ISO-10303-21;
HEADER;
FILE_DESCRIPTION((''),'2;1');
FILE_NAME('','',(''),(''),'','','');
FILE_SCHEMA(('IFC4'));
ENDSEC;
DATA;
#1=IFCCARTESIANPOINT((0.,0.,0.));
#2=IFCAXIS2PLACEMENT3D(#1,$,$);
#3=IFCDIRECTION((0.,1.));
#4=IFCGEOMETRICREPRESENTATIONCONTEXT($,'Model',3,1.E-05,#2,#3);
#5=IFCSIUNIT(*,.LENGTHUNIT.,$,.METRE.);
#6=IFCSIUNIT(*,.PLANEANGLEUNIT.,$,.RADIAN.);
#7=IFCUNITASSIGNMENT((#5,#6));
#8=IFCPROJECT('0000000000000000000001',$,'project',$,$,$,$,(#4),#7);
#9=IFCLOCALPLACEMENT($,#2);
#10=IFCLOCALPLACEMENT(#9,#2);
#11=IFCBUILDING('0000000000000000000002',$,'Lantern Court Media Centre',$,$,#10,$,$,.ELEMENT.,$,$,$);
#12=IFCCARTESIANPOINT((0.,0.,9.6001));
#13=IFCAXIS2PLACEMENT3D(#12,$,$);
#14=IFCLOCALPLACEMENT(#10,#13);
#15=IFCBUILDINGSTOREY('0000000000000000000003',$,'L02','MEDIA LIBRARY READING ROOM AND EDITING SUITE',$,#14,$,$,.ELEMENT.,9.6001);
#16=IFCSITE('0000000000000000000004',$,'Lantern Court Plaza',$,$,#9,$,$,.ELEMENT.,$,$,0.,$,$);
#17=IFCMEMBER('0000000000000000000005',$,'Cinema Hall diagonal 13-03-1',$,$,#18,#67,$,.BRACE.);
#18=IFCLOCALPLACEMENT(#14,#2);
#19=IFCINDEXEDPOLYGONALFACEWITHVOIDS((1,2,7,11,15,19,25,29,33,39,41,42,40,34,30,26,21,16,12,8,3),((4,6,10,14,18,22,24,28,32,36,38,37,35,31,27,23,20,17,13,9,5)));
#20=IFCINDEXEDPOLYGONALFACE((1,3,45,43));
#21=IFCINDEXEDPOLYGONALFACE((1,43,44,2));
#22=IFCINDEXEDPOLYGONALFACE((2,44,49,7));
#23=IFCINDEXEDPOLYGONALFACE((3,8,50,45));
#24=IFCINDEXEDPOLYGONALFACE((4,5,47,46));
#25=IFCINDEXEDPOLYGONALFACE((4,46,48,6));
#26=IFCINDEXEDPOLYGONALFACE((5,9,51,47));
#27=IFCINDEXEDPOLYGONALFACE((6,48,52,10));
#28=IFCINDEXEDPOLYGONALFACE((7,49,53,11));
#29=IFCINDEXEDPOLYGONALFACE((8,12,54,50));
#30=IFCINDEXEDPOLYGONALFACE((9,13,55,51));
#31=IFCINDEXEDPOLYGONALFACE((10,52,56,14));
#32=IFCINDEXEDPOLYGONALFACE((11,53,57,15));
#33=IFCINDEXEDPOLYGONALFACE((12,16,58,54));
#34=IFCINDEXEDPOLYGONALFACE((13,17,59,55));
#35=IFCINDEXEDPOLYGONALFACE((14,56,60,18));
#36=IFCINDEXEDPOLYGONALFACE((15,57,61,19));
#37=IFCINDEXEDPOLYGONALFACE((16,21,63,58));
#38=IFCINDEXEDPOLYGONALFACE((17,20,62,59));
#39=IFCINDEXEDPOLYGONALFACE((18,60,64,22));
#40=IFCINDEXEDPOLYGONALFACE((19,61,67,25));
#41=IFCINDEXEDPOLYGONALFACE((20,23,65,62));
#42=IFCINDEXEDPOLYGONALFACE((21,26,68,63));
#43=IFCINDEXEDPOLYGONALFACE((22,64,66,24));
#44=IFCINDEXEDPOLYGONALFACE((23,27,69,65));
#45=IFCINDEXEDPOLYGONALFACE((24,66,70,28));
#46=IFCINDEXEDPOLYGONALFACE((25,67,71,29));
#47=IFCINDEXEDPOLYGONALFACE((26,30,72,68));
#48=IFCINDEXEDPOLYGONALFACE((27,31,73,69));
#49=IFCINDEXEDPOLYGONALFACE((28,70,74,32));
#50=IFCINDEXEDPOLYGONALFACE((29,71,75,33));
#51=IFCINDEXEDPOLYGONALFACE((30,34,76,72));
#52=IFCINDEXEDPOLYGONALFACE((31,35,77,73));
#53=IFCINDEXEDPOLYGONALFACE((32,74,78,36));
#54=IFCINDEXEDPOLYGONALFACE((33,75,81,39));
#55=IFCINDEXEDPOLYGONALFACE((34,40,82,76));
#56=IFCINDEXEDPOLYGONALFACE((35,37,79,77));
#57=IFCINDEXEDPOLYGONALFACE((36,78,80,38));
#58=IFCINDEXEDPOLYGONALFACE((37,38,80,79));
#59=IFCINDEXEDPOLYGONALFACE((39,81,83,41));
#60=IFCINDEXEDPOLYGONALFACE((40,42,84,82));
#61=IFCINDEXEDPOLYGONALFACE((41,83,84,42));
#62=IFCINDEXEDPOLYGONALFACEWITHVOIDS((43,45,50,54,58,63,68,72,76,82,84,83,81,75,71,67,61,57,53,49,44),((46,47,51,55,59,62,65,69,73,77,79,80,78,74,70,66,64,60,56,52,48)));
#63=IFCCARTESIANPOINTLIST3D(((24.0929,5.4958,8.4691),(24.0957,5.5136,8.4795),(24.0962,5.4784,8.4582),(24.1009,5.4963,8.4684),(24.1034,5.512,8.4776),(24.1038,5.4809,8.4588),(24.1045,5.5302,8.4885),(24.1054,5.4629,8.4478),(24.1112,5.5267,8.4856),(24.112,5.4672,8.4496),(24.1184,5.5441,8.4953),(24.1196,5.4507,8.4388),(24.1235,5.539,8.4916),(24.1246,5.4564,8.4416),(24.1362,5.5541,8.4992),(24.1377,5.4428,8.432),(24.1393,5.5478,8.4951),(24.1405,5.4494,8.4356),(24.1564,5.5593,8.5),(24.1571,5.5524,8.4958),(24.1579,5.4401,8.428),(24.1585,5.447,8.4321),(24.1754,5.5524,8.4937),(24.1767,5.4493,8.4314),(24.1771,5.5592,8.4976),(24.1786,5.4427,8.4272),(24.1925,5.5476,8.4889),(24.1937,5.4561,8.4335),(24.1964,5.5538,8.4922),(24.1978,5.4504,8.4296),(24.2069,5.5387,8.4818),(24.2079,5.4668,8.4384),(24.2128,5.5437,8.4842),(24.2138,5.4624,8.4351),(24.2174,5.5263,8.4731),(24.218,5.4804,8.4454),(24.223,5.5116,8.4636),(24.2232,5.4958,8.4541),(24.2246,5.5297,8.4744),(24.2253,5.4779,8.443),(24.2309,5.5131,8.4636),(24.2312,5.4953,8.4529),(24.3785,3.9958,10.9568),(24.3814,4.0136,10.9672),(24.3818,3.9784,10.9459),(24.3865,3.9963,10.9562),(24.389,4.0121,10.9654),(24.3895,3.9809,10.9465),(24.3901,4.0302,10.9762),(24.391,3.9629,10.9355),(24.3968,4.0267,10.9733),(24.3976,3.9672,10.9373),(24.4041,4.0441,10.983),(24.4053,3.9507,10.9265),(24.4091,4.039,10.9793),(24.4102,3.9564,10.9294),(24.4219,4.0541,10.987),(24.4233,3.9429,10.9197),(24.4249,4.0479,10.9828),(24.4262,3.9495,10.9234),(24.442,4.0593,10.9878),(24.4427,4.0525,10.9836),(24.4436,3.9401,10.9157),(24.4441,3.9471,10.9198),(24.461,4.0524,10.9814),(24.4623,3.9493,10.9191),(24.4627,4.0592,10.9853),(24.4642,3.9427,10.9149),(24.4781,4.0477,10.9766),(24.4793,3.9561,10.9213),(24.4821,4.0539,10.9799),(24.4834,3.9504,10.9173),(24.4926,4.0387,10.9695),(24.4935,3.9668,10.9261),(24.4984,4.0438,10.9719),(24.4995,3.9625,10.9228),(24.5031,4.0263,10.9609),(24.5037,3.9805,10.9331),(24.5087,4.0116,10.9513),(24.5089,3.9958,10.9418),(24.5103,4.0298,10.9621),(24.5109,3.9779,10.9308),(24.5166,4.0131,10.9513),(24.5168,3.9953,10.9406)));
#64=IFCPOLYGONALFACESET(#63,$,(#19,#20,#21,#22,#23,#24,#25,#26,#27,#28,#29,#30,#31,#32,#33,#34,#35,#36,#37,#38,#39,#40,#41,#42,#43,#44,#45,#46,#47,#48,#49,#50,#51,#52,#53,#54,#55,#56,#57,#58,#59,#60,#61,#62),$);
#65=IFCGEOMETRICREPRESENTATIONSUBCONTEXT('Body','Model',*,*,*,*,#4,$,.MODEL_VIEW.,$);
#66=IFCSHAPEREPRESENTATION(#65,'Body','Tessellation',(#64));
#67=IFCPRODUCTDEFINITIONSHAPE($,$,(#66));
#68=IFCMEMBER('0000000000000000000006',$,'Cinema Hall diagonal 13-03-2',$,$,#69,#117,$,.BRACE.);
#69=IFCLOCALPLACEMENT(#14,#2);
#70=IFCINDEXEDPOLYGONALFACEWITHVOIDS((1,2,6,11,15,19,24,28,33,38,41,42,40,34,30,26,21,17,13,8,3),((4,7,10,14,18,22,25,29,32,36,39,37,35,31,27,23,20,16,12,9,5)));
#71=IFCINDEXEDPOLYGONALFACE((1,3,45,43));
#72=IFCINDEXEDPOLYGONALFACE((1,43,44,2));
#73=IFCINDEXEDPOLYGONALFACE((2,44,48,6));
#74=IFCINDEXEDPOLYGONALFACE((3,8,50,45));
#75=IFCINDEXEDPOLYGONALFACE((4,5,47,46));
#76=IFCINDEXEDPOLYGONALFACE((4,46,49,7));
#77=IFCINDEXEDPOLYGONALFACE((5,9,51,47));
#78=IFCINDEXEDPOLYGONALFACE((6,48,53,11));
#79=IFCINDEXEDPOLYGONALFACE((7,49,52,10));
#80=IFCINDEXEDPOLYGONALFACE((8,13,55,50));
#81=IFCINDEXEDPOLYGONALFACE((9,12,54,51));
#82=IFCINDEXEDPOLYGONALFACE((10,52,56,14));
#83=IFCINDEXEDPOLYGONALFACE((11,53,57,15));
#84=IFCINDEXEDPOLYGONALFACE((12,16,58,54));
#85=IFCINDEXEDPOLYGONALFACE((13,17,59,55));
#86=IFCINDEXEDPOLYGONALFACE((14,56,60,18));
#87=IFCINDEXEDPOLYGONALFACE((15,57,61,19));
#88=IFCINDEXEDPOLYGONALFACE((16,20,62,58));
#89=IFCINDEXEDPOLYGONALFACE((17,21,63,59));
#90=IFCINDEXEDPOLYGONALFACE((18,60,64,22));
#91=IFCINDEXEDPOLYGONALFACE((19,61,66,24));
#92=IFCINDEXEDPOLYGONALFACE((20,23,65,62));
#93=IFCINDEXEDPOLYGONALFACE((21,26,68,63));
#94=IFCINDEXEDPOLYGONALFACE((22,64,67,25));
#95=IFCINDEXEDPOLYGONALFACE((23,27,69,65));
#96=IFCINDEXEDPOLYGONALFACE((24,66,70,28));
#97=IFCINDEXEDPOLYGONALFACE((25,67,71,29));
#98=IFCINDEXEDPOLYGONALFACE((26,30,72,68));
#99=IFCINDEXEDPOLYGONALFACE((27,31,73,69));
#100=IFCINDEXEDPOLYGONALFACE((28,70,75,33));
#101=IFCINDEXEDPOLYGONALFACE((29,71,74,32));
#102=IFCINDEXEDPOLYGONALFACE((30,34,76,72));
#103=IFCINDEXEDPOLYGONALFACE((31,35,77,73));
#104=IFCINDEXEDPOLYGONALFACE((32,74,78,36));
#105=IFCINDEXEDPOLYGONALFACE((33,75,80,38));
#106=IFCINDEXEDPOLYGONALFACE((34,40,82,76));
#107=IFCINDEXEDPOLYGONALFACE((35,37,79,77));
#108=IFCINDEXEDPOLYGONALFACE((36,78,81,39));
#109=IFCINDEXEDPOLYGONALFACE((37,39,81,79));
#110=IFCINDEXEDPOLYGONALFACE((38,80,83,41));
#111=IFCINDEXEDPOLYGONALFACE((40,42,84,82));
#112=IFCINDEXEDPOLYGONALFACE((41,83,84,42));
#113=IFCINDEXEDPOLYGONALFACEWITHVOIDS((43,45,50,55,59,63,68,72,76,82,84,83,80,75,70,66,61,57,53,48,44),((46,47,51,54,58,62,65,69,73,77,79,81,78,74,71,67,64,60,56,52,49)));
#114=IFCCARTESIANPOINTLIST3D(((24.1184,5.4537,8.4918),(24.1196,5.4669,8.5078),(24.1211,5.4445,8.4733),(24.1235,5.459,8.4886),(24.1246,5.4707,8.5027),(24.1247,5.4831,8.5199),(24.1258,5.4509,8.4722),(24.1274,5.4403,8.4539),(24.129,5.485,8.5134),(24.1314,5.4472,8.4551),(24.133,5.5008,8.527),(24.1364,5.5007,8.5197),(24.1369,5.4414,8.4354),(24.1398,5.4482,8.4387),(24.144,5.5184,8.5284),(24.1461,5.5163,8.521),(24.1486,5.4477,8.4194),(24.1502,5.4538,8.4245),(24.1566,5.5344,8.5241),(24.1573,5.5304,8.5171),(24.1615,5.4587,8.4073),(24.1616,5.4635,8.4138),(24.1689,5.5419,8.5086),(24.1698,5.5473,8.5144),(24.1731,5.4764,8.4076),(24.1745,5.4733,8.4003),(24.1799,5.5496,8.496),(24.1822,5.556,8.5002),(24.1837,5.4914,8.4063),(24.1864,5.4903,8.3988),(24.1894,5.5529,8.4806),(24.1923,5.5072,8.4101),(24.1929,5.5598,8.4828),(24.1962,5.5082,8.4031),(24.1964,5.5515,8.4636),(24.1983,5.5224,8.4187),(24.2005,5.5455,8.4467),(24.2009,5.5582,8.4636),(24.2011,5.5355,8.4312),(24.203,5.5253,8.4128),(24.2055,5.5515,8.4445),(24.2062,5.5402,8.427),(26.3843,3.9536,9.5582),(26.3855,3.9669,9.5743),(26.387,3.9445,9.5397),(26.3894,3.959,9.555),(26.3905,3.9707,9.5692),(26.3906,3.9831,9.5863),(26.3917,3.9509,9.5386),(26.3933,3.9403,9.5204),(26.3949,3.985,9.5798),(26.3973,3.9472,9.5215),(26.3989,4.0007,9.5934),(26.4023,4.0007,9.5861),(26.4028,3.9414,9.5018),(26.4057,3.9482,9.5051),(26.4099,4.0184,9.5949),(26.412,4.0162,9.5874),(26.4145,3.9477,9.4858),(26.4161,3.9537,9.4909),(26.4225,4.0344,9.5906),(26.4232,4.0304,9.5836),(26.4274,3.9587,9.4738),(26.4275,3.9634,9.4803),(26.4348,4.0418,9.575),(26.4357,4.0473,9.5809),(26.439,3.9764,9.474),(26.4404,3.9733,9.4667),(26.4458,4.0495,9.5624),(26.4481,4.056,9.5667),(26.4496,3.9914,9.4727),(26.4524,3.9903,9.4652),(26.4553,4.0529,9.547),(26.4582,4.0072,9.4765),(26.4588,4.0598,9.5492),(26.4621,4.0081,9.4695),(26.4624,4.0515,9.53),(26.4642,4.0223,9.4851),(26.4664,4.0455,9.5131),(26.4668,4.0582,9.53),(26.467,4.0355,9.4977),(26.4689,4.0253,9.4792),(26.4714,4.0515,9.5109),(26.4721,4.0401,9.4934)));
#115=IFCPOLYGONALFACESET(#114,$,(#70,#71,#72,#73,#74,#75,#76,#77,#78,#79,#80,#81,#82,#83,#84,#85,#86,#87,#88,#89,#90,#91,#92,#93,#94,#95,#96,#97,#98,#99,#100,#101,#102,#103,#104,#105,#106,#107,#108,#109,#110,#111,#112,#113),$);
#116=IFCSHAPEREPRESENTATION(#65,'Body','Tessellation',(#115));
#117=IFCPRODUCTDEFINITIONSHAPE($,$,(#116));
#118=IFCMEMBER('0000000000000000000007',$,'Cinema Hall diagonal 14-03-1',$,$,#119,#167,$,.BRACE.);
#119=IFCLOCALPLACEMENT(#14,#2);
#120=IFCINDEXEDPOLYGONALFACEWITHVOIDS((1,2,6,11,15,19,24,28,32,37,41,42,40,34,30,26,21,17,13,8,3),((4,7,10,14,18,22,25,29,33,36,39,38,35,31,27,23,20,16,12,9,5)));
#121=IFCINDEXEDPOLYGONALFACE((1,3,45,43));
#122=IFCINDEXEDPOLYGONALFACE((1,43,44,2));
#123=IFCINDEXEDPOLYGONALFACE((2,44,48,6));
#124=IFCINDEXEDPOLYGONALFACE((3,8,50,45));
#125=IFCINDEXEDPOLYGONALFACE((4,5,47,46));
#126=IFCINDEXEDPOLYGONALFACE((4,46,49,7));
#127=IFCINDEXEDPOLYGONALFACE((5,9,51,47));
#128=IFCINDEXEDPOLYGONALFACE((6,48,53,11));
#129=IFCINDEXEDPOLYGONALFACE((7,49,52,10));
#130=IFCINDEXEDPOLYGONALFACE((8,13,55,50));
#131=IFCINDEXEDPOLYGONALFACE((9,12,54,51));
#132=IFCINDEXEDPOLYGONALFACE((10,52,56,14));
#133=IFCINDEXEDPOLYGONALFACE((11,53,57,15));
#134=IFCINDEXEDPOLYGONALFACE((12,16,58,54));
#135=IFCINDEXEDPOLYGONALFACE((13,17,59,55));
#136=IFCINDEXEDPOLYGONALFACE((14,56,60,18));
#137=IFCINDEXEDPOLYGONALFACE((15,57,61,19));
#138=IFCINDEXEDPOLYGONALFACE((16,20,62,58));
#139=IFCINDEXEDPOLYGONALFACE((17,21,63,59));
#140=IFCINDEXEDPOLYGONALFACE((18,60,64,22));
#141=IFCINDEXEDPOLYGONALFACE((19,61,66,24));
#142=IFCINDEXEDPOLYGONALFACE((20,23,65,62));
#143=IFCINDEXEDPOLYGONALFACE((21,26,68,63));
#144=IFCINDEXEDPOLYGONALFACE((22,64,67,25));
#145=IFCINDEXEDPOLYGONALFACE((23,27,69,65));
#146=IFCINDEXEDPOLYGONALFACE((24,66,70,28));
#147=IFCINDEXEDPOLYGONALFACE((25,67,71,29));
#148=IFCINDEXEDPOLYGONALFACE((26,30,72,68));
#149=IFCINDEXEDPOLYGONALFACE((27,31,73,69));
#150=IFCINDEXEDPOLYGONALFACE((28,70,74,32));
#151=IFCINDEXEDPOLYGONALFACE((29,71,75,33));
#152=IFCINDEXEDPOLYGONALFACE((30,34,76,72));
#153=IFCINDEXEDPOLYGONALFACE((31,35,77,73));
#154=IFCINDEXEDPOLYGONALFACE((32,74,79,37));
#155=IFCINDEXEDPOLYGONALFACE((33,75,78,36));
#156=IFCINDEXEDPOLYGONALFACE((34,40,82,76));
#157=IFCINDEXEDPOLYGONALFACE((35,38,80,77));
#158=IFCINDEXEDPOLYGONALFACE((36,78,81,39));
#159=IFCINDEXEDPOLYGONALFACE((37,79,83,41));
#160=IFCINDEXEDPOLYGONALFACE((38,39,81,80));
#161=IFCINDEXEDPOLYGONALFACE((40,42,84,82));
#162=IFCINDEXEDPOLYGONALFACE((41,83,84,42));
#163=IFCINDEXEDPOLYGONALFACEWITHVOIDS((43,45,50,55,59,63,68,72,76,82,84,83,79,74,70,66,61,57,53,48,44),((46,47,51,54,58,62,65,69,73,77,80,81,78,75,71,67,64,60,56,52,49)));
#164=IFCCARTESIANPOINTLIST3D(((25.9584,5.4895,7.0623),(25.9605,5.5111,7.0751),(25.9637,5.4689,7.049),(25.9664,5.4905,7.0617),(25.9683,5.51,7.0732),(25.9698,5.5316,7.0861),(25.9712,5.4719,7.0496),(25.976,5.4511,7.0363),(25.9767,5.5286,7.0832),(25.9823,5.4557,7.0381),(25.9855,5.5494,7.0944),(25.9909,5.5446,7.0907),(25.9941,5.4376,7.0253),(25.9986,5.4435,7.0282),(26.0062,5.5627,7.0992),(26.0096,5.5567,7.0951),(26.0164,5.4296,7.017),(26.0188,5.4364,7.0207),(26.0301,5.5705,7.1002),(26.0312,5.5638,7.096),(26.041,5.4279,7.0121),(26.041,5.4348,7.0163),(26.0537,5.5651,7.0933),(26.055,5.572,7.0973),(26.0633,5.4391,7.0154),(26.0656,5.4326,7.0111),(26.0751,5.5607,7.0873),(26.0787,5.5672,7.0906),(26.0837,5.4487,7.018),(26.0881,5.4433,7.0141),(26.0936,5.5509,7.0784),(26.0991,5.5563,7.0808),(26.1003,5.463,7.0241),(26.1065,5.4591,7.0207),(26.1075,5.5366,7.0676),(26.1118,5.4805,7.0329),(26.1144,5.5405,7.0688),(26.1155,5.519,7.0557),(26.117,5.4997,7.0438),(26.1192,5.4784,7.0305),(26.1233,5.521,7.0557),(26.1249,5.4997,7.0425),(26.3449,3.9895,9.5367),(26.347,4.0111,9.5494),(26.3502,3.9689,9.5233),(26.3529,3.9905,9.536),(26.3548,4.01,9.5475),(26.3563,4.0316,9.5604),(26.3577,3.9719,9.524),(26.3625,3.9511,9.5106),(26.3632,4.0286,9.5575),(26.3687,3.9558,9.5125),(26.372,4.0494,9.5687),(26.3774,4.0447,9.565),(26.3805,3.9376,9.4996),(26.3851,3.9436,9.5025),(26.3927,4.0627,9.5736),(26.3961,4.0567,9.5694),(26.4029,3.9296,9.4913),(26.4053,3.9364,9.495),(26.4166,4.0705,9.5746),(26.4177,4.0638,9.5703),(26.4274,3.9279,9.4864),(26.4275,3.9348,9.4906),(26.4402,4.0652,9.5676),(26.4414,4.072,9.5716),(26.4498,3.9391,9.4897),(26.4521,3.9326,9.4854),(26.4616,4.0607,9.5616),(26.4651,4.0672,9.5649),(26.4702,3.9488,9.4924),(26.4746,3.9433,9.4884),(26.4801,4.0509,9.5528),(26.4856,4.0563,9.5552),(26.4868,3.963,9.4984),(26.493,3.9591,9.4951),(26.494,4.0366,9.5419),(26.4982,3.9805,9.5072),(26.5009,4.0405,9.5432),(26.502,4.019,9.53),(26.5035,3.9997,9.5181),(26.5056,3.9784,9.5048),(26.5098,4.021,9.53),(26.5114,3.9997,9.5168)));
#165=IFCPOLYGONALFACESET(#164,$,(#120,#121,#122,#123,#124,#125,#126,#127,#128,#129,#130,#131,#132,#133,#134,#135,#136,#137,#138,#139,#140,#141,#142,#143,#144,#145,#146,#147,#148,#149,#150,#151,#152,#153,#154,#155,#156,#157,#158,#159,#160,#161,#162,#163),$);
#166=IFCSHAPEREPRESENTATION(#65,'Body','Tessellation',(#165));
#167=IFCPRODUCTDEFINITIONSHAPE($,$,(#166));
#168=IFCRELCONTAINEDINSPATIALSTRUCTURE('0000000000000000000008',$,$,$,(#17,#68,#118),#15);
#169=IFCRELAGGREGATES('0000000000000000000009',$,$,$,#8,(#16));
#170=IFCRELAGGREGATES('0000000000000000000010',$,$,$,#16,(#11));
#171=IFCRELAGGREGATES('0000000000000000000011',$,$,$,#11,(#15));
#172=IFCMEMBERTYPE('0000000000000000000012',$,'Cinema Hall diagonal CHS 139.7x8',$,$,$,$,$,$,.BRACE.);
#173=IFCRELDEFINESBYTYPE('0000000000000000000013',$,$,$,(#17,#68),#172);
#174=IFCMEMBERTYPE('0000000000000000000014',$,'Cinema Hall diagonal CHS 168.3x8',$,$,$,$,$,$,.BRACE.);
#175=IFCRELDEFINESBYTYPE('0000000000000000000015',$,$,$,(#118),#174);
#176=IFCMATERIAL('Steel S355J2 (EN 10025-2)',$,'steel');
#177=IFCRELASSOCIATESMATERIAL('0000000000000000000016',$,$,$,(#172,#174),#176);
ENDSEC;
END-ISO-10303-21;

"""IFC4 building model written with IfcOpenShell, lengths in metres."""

from ifc_helpers import new_model, si_unit, direction, frame, origin, origin_2d, place, context, subcontext, project, spatial, hollow_circle, extrude, material, material_profile, profile_set, type_object, element, save


model = new_model("IFC4")

# Units and contexts
model_context = context("Model", 3, precision=1e-05, world=origin(), true_north=direction((0.0, 1.0)))
body_context = subcontext(model_context, "Body", "Model", "MODEL_VIEW")
ifc_project = project(units=[si_unit("LENGTHUNIT", "METRE"), si_unit("PLANEANGLEUNIT", "RADIAN")], contexts=[model_context])

# Site, building, storey
site_placement = place(None, origin())
site = spatial("IfcSite", under=ifc_project, at=site_placement, Name="Lantern Court Plaza", CompositionType="ELEMENT", RefElevation=0.0)
building_placement = place(site_placement, origin())
building = spatial("IfcBuilding", under=site, at=building_placement, Name="Lantern Court Media Centre", CompositionType="ELEMENT")
storey_placement = place(building_placement, frame((0.0, 0.0, 9.6001)))
storey = spatial("IfcBuildingStorey", under=building, at=storey_placement, Name="L02", Description="MEDIA LIBRARY READING ROOM AND EDITING SUITE", CompositionType="ELEMENT", Elevation=9.6001)

# Members
ifc_material = material(Name="Steel S355J2 (EN 10025-2)", Category="steel")
ifc_material_profile_1 = material_profile(ifc_material, hollow_circle(Radius=0.0698, WallThickness=0.0081, at=origin_2d()), Name="Cinema Hall diagonal CHS 139.7x8")
ifc_profile_set_1 = profile_set([ifc_material_profile_1], Name="Steel S355J2 (EN 10025-2)")
member_type_1 = type_object("IfcMemberType", Name="Cinema Hall diagonal CHS 139.7x8", PredefinedType="BRACE", material=ifc_profile_set_1)
for number, where, z_axis, x_axis, name in (
    (1, (24.1624, 5.5, 8.4636), (0.097856, -0.51387, 0.852268), (0.982347, 0.187068, 0.0), "Cinema Hall diagonal 13-03-1"),
):
    element("IfcMember", number, at=place(storey_placement, frame(where, z_axis=z_axis, x_axis=x_axis)), inside=storey, type_object=member_type_1, Name=name, PredefinedType="BRACE", context=body_context, shape_type="SweptSolid", body=[
        extrude(hollow_circle(Radius=0.0698, WallThickness=0.0081, at=origin_2d()), origin(), (0.0, 0.0, 1.0), 2.9189),
    ])
member_1_placement = place(storey_placement, frame((24.1624, 5.5, 8.4636), z_axis=(0.776211, -0.51385, 0.365315), x_axis=(0.552002, 0.833843, 0.0)))
element("IfcMember", 2, at=member_1_placement, inside=storey, type_object=member_type_1, Name="Cinema Hall diagonal 13-03-2", PredefinedType="BRACE", context=body_context, shape_type="SweptSolid", body=[
    extrude(hollow_circle(Radius=0.0698, WallThickness=0.0081, at=origin_2d()), origin(), (0.0, 0.0, 1.0), 2.9192),
])
ifc_material_profile_2 = material_profile(ifc_material, hollow_circle(Radius=0.0842, WallThickness=0.0081, at=origin_2d()), Name="Cinema Hall diagonal CHS 168.3x8")
ifc_profile_set_2 = profile_set([ifc_material_profile_2], Name="Steel S355J2 (EN 10025-2)")
member_type_2 = type_object("IfcMemberType", Name="Cinema Hall diagonal CHS 168.3x8", PredefinedType="BRACE", material=ifc_profile_set_2)
member_2_placement = place(storey_placement, frame((26.0417, 5.5, 7.0557), z_axis=(0.13239, -0.513836, 0.847612), x_axis=(0.968374, 0.249501, 0.0)))
element("IfcMember", 3, at=member_2_placement, inside=storey, type_object=member_type_2, Name="Cinema Hall diagonal 14-03-1", PredefinedType="BRACE", context=body_context, shape_type="SweptSolid", body=[
    extrude(hollow_circle(Radius=0.0842, WallThickness=0.0081, at=origin_2d()), origin(), (0.0, 0.0, 1.0), 2.9192),
])

save(model, "model.ifc")
